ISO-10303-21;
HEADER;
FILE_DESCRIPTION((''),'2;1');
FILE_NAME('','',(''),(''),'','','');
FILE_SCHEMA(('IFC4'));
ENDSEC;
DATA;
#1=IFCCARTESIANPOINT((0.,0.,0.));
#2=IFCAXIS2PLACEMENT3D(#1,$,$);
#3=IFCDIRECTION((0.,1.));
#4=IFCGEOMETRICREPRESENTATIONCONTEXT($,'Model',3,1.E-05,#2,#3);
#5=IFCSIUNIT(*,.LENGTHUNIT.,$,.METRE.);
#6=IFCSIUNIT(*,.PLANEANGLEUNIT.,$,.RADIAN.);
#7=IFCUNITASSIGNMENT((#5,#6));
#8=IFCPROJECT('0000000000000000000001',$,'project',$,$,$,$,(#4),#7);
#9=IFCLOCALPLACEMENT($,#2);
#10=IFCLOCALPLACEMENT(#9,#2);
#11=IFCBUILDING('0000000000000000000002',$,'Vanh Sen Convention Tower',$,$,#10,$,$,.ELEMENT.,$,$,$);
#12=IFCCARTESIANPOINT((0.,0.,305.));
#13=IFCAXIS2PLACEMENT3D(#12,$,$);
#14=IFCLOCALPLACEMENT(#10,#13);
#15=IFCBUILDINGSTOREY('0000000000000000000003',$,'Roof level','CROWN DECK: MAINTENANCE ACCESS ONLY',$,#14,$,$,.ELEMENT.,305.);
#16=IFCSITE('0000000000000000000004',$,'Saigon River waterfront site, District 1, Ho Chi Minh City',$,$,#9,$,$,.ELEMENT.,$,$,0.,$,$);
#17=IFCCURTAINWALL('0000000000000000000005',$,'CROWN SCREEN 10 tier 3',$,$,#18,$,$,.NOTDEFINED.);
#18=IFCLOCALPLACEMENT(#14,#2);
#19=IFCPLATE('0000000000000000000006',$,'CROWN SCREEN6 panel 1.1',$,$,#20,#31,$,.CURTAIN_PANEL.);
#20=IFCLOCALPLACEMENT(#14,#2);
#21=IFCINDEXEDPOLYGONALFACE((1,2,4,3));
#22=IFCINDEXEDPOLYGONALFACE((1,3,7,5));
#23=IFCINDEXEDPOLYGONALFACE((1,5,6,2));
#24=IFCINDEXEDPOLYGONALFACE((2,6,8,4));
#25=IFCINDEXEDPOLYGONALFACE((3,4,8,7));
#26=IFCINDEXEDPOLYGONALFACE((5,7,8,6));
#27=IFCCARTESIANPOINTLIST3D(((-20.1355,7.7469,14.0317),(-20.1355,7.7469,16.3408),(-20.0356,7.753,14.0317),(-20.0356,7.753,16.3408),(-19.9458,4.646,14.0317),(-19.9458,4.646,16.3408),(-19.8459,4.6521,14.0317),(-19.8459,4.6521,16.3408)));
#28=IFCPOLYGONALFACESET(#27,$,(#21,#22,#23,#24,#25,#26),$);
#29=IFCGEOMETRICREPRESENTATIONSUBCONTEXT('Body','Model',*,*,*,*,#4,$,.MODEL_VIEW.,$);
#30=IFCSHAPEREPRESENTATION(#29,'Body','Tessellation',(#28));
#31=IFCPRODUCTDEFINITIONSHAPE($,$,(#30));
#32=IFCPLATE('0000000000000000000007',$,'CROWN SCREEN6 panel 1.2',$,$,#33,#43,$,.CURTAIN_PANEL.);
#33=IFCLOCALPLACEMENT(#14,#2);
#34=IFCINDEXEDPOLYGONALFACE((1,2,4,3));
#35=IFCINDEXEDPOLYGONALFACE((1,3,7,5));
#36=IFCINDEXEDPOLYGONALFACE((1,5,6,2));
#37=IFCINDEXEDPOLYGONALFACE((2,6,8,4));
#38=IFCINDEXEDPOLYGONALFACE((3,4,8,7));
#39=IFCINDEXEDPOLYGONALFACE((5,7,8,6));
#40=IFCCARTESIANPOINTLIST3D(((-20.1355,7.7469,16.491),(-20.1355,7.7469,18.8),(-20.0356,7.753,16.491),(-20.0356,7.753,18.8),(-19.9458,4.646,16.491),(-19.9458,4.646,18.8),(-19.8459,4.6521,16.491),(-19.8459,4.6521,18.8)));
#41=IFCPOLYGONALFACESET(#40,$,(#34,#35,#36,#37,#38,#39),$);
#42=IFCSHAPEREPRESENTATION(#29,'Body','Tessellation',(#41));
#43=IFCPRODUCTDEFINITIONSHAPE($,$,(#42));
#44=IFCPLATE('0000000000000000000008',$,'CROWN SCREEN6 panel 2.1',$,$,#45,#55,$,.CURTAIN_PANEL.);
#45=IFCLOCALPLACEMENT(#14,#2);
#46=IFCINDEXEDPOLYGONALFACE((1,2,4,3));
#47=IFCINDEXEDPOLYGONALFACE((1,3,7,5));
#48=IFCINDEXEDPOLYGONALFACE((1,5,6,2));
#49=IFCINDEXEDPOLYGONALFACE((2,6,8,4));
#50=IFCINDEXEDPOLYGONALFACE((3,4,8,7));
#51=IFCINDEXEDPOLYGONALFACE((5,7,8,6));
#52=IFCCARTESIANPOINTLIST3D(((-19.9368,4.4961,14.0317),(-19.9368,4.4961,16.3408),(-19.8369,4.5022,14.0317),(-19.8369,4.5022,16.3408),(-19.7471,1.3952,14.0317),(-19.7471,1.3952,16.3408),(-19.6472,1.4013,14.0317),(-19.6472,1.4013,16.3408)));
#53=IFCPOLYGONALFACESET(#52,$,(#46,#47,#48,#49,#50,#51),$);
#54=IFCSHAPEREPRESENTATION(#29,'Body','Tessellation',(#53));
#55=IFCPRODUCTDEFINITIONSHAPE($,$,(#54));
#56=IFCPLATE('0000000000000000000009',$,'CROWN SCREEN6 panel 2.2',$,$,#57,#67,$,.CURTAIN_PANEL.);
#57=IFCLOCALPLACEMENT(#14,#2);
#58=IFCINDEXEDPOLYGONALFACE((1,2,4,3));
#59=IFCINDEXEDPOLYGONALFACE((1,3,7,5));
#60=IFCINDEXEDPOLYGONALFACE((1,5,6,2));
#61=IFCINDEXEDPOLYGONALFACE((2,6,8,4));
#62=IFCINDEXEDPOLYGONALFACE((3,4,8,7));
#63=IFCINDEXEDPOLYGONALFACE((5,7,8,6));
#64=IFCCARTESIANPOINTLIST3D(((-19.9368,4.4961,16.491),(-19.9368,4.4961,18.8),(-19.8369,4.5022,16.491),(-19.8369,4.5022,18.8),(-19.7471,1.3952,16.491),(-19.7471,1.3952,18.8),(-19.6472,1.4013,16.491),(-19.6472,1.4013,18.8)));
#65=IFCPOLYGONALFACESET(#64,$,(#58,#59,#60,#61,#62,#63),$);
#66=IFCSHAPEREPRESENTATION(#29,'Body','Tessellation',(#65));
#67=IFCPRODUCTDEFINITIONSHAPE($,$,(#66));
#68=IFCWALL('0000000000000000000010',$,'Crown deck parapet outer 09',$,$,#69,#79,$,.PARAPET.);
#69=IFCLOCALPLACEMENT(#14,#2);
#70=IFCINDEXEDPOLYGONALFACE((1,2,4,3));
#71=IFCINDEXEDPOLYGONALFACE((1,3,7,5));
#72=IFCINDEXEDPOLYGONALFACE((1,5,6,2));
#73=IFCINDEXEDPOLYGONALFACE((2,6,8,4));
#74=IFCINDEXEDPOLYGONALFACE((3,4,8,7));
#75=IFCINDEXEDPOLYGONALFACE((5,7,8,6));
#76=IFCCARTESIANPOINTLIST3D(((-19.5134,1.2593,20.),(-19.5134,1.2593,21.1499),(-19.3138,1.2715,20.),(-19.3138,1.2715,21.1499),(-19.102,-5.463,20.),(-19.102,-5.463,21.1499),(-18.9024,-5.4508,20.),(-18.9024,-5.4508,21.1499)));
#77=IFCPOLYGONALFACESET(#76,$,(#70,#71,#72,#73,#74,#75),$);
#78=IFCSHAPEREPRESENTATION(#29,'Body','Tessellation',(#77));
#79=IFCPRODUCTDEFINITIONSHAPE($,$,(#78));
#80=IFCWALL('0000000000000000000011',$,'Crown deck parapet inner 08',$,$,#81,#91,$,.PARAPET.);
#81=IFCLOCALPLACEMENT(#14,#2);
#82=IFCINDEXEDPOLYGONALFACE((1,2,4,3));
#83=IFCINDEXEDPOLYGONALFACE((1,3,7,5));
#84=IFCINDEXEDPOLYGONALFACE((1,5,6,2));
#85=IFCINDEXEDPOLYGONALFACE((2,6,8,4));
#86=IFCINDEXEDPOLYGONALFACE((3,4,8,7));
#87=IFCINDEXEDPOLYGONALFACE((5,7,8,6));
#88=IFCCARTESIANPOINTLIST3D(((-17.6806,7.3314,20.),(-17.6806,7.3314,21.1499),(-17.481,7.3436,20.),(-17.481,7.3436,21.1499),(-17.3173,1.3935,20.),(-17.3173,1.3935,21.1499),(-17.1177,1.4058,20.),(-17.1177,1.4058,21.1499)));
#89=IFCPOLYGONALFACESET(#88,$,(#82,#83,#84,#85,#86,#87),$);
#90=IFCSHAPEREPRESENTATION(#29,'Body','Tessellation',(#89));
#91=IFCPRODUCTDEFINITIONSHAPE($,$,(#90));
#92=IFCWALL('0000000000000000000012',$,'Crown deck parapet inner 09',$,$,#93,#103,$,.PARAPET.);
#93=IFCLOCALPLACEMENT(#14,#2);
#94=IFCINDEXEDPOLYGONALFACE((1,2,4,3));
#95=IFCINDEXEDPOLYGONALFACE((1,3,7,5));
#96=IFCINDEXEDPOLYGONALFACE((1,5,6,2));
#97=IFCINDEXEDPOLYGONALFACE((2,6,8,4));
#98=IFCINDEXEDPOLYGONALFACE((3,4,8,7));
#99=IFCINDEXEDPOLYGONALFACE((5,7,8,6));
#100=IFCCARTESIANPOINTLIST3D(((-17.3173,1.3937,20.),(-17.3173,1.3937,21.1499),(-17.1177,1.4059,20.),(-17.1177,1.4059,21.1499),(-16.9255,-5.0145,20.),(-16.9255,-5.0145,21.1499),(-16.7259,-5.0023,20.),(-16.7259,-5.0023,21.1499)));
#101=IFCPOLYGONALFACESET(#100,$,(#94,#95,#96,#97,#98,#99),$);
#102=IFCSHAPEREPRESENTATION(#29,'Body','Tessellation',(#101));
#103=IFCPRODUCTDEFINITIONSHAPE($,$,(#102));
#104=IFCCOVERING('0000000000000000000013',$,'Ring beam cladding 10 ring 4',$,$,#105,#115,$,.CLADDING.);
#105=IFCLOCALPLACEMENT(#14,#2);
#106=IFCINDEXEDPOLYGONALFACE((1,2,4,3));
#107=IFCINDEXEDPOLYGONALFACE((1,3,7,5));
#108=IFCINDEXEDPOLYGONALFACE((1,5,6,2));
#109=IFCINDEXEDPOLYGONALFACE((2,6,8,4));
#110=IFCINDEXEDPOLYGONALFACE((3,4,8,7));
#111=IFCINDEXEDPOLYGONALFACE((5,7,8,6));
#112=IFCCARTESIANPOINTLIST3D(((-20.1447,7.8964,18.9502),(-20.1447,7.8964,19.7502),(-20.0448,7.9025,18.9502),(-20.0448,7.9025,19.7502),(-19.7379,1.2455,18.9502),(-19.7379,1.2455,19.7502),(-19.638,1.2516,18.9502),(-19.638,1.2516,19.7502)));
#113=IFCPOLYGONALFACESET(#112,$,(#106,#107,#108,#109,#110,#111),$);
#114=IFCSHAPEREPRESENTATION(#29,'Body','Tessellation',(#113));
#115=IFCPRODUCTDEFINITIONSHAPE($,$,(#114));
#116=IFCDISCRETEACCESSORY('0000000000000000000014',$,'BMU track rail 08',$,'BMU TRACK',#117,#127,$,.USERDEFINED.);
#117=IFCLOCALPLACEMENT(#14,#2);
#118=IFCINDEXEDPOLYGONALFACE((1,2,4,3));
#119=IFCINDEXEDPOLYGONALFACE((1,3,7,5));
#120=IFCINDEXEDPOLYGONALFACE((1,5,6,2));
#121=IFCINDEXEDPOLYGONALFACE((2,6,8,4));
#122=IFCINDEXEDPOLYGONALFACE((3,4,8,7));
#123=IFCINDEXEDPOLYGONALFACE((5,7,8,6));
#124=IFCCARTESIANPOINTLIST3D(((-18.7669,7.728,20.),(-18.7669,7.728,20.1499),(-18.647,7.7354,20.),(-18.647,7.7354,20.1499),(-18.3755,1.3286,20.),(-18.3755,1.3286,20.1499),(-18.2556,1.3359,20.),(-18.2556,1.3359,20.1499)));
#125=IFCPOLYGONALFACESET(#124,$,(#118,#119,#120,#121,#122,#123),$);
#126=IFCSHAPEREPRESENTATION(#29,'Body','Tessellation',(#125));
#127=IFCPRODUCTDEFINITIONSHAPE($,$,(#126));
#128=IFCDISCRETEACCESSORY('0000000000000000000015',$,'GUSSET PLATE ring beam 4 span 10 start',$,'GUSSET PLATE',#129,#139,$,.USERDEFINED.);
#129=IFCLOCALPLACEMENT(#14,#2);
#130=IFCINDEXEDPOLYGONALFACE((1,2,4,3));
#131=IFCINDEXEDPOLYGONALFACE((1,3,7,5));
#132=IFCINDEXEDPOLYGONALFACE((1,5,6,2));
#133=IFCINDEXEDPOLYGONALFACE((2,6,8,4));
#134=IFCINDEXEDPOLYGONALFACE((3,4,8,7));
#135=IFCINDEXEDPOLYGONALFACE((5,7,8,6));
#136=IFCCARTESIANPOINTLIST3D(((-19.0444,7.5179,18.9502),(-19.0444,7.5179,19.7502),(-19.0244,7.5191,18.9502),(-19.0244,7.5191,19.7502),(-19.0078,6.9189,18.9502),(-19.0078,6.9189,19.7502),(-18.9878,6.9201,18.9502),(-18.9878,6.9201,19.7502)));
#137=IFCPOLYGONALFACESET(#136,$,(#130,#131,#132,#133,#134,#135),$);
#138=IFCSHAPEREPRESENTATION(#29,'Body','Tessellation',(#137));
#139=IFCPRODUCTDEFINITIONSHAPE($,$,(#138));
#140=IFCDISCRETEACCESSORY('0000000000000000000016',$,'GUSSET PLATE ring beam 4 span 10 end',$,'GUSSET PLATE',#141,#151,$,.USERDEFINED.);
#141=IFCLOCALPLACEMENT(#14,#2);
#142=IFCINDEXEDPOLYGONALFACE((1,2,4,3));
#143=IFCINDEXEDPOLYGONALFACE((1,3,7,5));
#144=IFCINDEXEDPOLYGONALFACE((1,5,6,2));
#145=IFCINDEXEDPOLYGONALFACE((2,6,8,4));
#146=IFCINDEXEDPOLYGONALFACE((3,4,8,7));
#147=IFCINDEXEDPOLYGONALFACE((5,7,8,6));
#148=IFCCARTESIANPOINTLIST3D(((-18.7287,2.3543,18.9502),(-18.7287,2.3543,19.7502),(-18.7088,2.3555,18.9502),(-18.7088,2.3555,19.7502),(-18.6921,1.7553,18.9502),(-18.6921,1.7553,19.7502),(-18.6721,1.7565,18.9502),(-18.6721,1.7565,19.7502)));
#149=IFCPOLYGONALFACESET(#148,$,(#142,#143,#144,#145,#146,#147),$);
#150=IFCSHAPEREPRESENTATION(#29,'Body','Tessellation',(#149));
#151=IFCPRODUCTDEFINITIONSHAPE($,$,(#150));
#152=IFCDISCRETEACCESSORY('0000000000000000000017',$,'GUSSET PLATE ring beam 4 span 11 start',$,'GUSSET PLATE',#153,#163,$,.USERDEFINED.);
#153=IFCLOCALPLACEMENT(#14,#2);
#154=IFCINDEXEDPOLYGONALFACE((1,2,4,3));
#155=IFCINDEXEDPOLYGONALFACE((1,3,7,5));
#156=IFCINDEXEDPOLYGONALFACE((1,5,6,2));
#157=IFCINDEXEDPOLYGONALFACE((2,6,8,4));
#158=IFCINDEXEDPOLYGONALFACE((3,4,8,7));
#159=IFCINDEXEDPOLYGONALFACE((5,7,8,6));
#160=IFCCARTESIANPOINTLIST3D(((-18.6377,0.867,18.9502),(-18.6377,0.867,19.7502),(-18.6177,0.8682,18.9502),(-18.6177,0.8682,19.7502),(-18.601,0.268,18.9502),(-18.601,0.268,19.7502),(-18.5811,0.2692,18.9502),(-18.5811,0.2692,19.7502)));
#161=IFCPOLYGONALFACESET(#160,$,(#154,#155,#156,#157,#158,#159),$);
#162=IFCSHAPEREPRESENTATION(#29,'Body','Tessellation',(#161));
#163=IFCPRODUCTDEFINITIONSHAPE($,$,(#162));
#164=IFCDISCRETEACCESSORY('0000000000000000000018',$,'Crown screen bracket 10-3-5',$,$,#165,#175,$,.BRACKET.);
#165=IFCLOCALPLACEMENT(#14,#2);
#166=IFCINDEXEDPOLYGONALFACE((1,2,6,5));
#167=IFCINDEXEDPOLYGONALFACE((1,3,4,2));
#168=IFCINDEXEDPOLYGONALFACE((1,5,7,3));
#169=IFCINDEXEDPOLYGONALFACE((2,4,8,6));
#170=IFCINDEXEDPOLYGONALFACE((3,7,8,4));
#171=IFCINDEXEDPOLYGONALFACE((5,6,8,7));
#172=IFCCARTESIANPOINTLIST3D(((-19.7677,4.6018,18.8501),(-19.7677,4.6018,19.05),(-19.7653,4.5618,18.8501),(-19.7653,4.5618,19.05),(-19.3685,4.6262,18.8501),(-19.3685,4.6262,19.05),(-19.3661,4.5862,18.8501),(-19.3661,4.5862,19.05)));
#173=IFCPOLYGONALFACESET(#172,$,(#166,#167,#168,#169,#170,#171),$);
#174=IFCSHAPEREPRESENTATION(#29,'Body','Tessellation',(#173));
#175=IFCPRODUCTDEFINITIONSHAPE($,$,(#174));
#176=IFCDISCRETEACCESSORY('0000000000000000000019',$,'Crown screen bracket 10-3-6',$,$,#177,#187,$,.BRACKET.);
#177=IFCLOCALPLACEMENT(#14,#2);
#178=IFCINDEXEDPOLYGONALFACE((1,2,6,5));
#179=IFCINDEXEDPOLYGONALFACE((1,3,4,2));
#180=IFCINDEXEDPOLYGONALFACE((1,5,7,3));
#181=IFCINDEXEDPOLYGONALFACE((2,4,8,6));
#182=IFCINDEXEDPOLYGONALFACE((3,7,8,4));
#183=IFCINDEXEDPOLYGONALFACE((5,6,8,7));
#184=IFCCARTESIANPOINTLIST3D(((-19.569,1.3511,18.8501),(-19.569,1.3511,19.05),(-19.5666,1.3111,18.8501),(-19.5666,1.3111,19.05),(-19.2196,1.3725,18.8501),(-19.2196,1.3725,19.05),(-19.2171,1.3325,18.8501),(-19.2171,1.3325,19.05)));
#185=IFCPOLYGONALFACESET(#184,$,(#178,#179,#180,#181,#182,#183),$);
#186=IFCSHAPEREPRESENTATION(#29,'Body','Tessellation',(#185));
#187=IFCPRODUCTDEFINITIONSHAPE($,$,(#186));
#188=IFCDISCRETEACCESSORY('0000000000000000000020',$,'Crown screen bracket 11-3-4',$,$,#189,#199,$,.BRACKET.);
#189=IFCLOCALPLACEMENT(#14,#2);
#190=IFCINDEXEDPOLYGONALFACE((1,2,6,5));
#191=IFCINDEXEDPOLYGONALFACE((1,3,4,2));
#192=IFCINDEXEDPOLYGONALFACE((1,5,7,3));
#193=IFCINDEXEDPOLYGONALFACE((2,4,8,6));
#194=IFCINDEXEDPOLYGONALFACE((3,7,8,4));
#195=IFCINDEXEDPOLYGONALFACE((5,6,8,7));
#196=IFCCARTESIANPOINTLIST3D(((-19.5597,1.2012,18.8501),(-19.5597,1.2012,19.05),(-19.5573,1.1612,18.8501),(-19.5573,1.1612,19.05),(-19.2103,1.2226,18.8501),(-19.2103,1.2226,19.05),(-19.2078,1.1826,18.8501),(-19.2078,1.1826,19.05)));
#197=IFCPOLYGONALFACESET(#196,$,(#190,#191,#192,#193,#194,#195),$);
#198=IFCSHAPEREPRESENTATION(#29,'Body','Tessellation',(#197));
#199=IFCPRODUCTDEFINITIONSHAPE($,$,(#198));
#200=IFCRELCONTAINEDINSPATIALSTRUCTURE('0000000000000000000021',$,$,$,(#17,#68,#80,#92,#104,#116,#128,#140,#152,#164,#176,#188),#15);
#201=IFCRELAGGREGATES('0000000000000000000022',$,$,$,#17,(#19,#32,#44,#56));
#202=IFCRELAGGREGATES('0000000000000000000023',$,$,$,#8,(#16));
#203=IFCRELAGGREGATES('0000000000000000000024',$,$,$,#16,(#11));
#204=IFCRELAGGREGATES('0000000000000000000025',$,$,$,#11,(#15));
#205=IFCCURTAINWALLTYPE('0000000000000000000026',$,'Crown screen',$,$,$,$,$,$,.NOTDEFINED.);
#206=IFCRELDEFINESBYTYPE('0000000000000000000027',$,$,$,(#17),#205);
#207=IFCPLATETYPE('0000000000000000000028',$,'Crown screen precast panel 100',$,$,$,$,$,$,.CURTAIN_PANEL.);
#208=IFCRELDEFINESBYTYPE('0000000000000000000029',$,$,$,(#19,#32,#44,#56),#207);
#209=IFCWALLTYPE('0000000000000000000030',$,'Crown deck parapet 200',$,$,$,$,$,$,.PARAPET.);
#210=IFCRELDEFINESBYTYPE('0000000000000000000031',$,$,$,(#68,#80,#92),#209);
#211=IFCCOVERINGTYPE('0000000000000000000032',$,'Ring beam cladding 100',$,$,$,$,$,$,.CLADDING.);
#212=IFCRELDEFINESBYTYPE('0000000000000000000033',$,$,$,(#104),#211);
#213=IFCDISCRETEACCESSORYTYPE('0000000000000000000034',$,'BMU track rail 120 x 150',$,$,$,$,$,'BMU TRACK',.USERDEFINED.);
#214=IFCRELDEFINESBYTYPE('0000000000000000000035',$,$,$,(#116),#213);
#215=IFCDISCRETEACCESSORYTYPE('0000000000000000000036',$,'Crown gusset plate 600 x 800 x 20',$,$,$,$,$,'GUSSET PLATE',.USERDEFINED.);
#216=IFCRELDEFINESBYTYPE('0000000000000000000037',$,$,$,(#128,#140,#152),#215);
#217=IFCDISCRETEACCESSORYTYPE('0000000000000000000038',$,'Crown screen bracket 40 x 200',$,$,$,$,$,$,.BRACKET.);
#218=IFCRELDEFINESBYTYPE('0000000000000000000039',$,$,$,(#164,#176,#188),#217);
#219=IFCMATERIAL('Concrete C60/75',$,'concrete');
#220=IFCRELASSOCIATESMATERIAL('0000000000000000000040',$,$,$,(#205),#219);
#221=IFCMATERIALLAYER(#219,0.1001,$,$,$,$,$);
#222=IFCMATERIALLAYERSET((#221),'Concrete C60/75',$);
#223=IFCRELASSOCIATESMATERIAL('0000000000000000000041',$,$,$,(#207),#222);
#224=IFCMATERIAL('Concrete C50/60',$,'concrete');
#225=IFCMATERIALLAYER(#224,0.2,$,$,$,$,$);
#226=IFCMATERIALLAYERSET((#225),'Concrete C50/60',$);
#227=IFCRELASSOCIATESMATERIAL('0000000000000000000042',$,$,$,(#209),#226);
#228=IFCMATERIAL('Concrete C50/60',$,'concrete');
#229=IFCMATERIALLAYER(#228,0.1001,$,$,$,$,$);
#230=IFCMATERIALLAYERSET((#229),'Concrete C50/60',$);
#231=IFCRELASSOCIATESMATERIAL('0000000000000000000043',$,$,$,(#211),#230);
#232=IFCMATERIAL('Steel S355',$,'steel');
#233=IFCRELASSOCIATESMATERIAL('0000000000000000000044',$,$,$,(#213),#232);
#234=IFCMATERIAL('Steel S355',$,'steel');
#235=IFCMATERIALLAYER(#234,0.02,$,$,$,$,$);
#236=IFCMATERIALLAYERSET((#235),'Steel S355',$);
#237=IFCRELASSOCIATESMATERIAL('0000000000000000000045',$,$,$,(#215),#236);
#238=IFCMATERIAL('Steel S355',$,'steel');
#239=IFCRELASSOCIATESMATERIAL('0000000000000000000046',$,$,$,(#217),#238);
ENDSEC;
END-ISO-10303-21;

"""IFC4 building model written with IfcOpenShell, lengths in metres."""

from ifc_helpers import new_model, si_unit, direction, frame, frame_2d, origin, origin_2d, place, context, subcontext, project, spatial, rectangle, extrude, material, layer, layer_set, type_object, element, aggregate, save


model = new_model("IFC4")

# Units and contexts
model_context = context("Model", 3, precision=1e-05, world=origin(), true_north=direction((0.0, 1.0)))
body_context = subcontext(model_context, "Body", "Model", "MODEL_VIEW")
ifc_project = project(units=[si_unit("LENGTHUNIT", "METRE"), si_unit("PLANEANGLEUNIT", "RADIAN")], contexts=[model_context])

# Site, building, storey
site_placement = place(None, origin())
site = spatial("IfcSite", under=ifc_project, at=site_placement, Name="Saigon River waterfront site, District 1, Ho Chi Minh City", CompositionType="ELEMENT", RefElevation=0.0)
building_placement = place(site_placement, origin())
building = spatial("IfcBuilding", under=site, at=building_placement, Name="Vanh Sen Convention Tower", CompositionType="ELEMENT")
storey_placement = place(building_placement, frame((0.0, 0.0, 305.0)))
storey = spatial("IfcBuildingStorey", under=building, at=storey_placement, Name="Roof level", Description="CROWN DECK: MAINTENANCE ACCESS ONLY", CompositionType="ELEMENT", Elevation=305.0)

# Curtain wall
ifc_material_1 = material(Name="Concrete C60/75", Category="concrete")
curtain_wall_type = type_object("IfcCurtainWallType", Name="Crown screen", PredefinedType="NOTDEFINED", material=ifc_material_1)
curtain_wall_1_placement = place(storey_placement, origin())
curtain_wall_1 = element("IfcCurtainWall", 1, at=curtain_wall_1_placement, inside=storey, type_object=curtain_wall_type, Name="CROWN SCREEN 10 tier 3", PredefinedType="NOTDEFINED")

# Plates
ifc_layer_1 = layer(ifc_material_1, 0.1001)
ifc_layer_set_1 = layer_set([ifc_layer_1], Name="Concrete C60/75")
plate_type = type_object("IfcPlateType", Name="Crown screen precast panel 100", PredefinedType="CURTAIN_PANEL", material=ifc_layer_set_1)
plate_1_placement = place(storey_placement, frame((-19.9907, 6.1995, 14.0317), z_axis=(0.0, 0.0, 1.0), x_axis=(0.061051, -0.998135, 0.0)))
plate_1 = element("IfcPlate", 2, at=plate_1_placement, type_object=plate_type, Name="CROWN SCREEN6 panel 1.1", PredefinedType="CURTAIN_PANEL", context=body_context, shape_type="SweptSolid", body=[
    extrude(rectangle(XDim=3.1067, YDim=0.1001, at=origin_2d()), origin(), (0.0, 0.0, 1.0), 2.3091),
])
plate_2_placement = place(storey_placement, frame((-19.9907, 6.1995, 16.491), z_axis=(0.0, 0.0, 1.0), x_axis=(0.061051, -0.998135, 0.0)))
plate_2 = element("IfcPlate", 3, at=plate_2_placement, type_object=plate_type, Name="CROWN SCREEN6 panel 1.2", PredefinedType="CURTAIN_PANEL", context=body_context, shape_type="SweptSolid", body=[
    extrude(rectangle(XDim=3.1067, YDim=0.1001, at=origin_2d()), origin(), (0.0, 0.0, 1.0), 2.3091),
])
plate_3_placement = place(storey_placement, frame((-19.792, 2.9487, 14.0317), z_axis=(0.0, 0.0, 1.0), x_axis=(0.061051, -0.998135, 0.0)))
plate_3 = element("IfcPlate", 4, at=plate_3_placement, type_object=plate_type, Name="CROWN SCREEN6 panel 2.1", PredefinedType="CURTAIN_PANEL", context=body_context, shape_type="SweptSolid", body=[
    extrude(rectangle(XDim=3.1067, YDim=0.1001, at=origin_2d()), origin(), (0.0, 0.0, 1.0), 2.3091),
])
plate_4_placement = place(storey_placement, frame((-19.792, 2.9487, 16.491), z_axis=(0.0, 0.0, 1.0), x_axis=(0.061051, -0.998135, 0.0)))
plate_4 = element("IfcPlate", 5, at=plate_4_placement, type_object=plate_type, Name="CROWN SCREEN6 panel 2.2", PredefinedType="CURTAIN_PANEL", context=body_context, shape_type="SweptSolid", body=[
    extrude(rectangle(XDim=3.1067, YDim=0.1001, at=origin_2d()), origin(), (0.0, 0.0, 1.0), 2.3091),
])
aggregate(curtain_wall_1, [plate_1, plate_2, plate_3, plate_4])

# Walls
ifc_material_2 = material(Name="Concrete C50/60", Category="concrete")
ifc_layer_2 = layer(ifc_material_2, 0.2)
ifc_layer_set_2 = layer_set([ifc_layer_2], Name="Concrete C50/60")
wall_type = type_object("IfcWallType", Name="Crown deck parapet 200", PredefinedType="PARAPET", material=ifc_layer_set_2)
wall_1_placement = place(storey_placement, frame((-19.4136, 1.2654, 20.0), z_axis=(0.0, 0.0, 1.0), x_axis=(0.061083, -0.998133, 0.0)))
element("IfcWall", 6, at=wall_1_placement, inside=storey, type_object=wall_type, Name="Crown deck parapet outer 09", PredefinedType="PARAPET", context=body_context, shape_type="SweptSolid", body=[
    extrude(rectangle(XDim=6.7349, YDim=0.2, at=frame_2d((3.3674, 0.0))), origin(), (0.0, 0.0, 1.0), 1.1499),
])
wall_2_placement = place(storey_placement, frame((-17.5808, 7.3376, 20.0), z_axis=(0.0, 0.0, 1.0), x_axis=(0.061065, -0.998134, 0.0)))
element("IfcWall", 7, at=wall_2_placement, inside=storey, type_object=wall_type, Name="Crown deck parapet inner 08", PredefinedType="PARAPET", context=body_context, shape_type="SweptSolid", body=[
    extrude(rectangle(XDim=5.949, YDim=0.2, at=frame_2d((2.9746, 0.0))), origin(), (0.0, 0.0, 1.0), 1.1499),
])
wall_3_placement = place(storey_placement, frame((-17.2175, 1.3997, 20.0), z_axis=(0.0, 0.0, 1.0), x_axis=(0.061034, -0.998136, 0.0)))
element("IfcWall", 8, at=wall_3_placement, inside=storey, type_object=wall_type, Name="Crown deck parapet inner 09", PredefinedType="PARAPET", context=body_context, shape_type="SweptSolid", body=[
    extrude(rectangle(XDim=6.4202, YDim=0.2, at=frame_2d((3.21, 0.0))), origin(), (0.0, 0.0, 1.0), 1.1499),
])

# Covering
ifc_material_3 = material(Name="Concrete C50/60", Category="concrete")
ifc_layer_3 = layer(ifc_material_3, 0.1001)
ifc_layer_set_3 = layer_set([ifc_layer_3], Name="Concrete C50/60")
covering_type = type_object("IfcCoveringType", Name="Ring beam cladding 100", PredefinedType="CLADDING", material=ifc_layer_set_3)
covering_placement = place(storey_placement, frame((-19.8914, 4.574, 18.9502), z_axis=(0.0, 0.0, 1.0), x_axis=(0.06105, -0.998135, 0.0)))
element("IfcCovering", 9, at=covering_placement, inside=storey, type_object=covering_type, Name="Ring beam cladding 10 ring 4", PredefinedType="CLADDING", context=body_context, shape_type="SweptSolid", body=[
    extrude(rectangle(XDim=6.6633, YDim=0.1001, at=origin_2d()), origin(), (0.0, 0.0, 1.0), 0.8),
])

# Discrete accessories
ifc_material_4 = material(Name="Steel S355", Category="steel")
discrete_accessory_type_1 = type_object("IfcDiscreteAccessoryType", Name="BMU track rail 120 x 150", ElementType="BMU TRACK", PredefinedType="USERDEFINED", material=ifc_material_4)
discrete_accessory_1_placement = place(storey_placement, frame((-18.5112, 4.532, 20.0), z_axis=(0.0, 0.0, 1.0), x_axis=(0.061049, -0.998135, 0.0)))
element("IfcDiscreteAccessory", 10, at=discrete_accessory_1_placement, inside=storey, type_object=discrete_accessory_type_1, Name="BMU track rail 08", ObjectType="BMU TRACK", PredefinedType="USERDEFINED", context=body_context, shape_type="SweptSolid", body=[
    extrude(rectangle(XDim=6.4114, YDim=0.1201, at=origin_2d()), origin(), (0.0, 0.0, 1.0), 0.1499),
])
ifc_material_5 = material(Name="Steel S355", Category="steel")
ifc_layer_4 = layer(ifc_material_5, 0.02)
ifc_layer_set_4 = layer_set([ifc_layer_4], Name="Steel S355")
discrete_accessory_type_2 = type_object("IfcDiscreteAccessoryType", Name="Crown gusset plate 600 x 800 x 20", ElementType="GUSSET PLATE", PredefinedType="USERDEFINED", material=ifc_layer_set_4)
for number, where, z_axis, x_axis, name in (
    (11, (-19.0161, 7.219, 18.9502), (0.0, 0.0, 1.0), (0.06105, -0.998135, 0.0), "GUSSET PLATE ring beam 4 span 10 start"),
    (12, (-18.7004, 2.0554, 18.9502), (0.0, 0.0, 1.0), (-0.06105, 0.998135, 0.0), "GUSSET PLATE ring beam 4 span 10 end"),
    (13, (-18.6094, 0.5681, 18.9502), (0.0, 0.0, 1.0), (0.061052, -0.998135, 0.0), "GUSSET PLATE ring beam 4 span 11 start"),
):
    element("IfcDiscreteAccessory", number, at=place(storey_placement, frame(where, z_axis=z_axis, x_axis=x_axis)), inside=storey, type_object=discrete_accessory_type_2, Name=name, ObjectType="GUSSET PLATE", PredefinedType="USERDEFINED", context=body_context, shape_type="SweptSolid", body=[
        extrude(rectangle(XDim=0.6001, YDim=0.02, at=origin_2d()), origin(), (0.0, 0.0, 1.0), 0.8),
    ])
ifc_material_6 = material(Name="Steel S355", Category="steel")
discrete_accessory_type_3 = type_object("IfcDiscreteAccessoryType", Name="Crown screen bracket 40 x 200", PredefinedType="BRACKET", material=ifc_material_6)
discrete_accessory_2_placement = place(storey_placement, frame((-19.5669, 4.594, 18.8501), z_axis=(0.0, 0.0, 1.0), x_axis=(-0.998135, -0.06105, 0.0)))
element("IfcDiscreteAccessory", 14, at=discrete_accessory_2_placement, inside=storey, type_object=discrete_accessory_type_3, Name="Crown screen bracket 10-3-5", PredefinedType="BRACKET", context=body_context, shape_type="SweptSolid", body=[
    extrude(rectangle(XDim=0.3999, YDim=0.04, at=origin_2d()), origin(), (0.0, 0.0, 1.0), 0.2),
])
for number, where, z_axis, x_axis, name in (
    (15, (-19.3931, 1.3418, 18.8501), (0.0, 0.0, 1.0), (-0.998135, -0.06105, 0.0), "Crown screen bracket 10-3-6"),
    (16, (-19.3838, 1.1919, 18.8501), (0.0, 0.0, 1.0), (-0.998135, -0.061052, 0.0), "Crown screen bracket 11-3-4"),
):
    element("IfcDiscreteAccessory", number, at=place(storey_placement, frame(where, z_axis=z_axis, x_axis=x_axis)), inside=storey, type_object=discrete_accessory_type_3, Name=name, PredefinedType="BRACKET", context=body_context, shape_type="SweptSolid", body=[
        extrude(rectangle(XDim=0.3501, YDim=0.04, at=origin_2d()), origin(), (0.0, 0.0, 1.0), 0.2),
    ])

save(model, "model.ifc")
